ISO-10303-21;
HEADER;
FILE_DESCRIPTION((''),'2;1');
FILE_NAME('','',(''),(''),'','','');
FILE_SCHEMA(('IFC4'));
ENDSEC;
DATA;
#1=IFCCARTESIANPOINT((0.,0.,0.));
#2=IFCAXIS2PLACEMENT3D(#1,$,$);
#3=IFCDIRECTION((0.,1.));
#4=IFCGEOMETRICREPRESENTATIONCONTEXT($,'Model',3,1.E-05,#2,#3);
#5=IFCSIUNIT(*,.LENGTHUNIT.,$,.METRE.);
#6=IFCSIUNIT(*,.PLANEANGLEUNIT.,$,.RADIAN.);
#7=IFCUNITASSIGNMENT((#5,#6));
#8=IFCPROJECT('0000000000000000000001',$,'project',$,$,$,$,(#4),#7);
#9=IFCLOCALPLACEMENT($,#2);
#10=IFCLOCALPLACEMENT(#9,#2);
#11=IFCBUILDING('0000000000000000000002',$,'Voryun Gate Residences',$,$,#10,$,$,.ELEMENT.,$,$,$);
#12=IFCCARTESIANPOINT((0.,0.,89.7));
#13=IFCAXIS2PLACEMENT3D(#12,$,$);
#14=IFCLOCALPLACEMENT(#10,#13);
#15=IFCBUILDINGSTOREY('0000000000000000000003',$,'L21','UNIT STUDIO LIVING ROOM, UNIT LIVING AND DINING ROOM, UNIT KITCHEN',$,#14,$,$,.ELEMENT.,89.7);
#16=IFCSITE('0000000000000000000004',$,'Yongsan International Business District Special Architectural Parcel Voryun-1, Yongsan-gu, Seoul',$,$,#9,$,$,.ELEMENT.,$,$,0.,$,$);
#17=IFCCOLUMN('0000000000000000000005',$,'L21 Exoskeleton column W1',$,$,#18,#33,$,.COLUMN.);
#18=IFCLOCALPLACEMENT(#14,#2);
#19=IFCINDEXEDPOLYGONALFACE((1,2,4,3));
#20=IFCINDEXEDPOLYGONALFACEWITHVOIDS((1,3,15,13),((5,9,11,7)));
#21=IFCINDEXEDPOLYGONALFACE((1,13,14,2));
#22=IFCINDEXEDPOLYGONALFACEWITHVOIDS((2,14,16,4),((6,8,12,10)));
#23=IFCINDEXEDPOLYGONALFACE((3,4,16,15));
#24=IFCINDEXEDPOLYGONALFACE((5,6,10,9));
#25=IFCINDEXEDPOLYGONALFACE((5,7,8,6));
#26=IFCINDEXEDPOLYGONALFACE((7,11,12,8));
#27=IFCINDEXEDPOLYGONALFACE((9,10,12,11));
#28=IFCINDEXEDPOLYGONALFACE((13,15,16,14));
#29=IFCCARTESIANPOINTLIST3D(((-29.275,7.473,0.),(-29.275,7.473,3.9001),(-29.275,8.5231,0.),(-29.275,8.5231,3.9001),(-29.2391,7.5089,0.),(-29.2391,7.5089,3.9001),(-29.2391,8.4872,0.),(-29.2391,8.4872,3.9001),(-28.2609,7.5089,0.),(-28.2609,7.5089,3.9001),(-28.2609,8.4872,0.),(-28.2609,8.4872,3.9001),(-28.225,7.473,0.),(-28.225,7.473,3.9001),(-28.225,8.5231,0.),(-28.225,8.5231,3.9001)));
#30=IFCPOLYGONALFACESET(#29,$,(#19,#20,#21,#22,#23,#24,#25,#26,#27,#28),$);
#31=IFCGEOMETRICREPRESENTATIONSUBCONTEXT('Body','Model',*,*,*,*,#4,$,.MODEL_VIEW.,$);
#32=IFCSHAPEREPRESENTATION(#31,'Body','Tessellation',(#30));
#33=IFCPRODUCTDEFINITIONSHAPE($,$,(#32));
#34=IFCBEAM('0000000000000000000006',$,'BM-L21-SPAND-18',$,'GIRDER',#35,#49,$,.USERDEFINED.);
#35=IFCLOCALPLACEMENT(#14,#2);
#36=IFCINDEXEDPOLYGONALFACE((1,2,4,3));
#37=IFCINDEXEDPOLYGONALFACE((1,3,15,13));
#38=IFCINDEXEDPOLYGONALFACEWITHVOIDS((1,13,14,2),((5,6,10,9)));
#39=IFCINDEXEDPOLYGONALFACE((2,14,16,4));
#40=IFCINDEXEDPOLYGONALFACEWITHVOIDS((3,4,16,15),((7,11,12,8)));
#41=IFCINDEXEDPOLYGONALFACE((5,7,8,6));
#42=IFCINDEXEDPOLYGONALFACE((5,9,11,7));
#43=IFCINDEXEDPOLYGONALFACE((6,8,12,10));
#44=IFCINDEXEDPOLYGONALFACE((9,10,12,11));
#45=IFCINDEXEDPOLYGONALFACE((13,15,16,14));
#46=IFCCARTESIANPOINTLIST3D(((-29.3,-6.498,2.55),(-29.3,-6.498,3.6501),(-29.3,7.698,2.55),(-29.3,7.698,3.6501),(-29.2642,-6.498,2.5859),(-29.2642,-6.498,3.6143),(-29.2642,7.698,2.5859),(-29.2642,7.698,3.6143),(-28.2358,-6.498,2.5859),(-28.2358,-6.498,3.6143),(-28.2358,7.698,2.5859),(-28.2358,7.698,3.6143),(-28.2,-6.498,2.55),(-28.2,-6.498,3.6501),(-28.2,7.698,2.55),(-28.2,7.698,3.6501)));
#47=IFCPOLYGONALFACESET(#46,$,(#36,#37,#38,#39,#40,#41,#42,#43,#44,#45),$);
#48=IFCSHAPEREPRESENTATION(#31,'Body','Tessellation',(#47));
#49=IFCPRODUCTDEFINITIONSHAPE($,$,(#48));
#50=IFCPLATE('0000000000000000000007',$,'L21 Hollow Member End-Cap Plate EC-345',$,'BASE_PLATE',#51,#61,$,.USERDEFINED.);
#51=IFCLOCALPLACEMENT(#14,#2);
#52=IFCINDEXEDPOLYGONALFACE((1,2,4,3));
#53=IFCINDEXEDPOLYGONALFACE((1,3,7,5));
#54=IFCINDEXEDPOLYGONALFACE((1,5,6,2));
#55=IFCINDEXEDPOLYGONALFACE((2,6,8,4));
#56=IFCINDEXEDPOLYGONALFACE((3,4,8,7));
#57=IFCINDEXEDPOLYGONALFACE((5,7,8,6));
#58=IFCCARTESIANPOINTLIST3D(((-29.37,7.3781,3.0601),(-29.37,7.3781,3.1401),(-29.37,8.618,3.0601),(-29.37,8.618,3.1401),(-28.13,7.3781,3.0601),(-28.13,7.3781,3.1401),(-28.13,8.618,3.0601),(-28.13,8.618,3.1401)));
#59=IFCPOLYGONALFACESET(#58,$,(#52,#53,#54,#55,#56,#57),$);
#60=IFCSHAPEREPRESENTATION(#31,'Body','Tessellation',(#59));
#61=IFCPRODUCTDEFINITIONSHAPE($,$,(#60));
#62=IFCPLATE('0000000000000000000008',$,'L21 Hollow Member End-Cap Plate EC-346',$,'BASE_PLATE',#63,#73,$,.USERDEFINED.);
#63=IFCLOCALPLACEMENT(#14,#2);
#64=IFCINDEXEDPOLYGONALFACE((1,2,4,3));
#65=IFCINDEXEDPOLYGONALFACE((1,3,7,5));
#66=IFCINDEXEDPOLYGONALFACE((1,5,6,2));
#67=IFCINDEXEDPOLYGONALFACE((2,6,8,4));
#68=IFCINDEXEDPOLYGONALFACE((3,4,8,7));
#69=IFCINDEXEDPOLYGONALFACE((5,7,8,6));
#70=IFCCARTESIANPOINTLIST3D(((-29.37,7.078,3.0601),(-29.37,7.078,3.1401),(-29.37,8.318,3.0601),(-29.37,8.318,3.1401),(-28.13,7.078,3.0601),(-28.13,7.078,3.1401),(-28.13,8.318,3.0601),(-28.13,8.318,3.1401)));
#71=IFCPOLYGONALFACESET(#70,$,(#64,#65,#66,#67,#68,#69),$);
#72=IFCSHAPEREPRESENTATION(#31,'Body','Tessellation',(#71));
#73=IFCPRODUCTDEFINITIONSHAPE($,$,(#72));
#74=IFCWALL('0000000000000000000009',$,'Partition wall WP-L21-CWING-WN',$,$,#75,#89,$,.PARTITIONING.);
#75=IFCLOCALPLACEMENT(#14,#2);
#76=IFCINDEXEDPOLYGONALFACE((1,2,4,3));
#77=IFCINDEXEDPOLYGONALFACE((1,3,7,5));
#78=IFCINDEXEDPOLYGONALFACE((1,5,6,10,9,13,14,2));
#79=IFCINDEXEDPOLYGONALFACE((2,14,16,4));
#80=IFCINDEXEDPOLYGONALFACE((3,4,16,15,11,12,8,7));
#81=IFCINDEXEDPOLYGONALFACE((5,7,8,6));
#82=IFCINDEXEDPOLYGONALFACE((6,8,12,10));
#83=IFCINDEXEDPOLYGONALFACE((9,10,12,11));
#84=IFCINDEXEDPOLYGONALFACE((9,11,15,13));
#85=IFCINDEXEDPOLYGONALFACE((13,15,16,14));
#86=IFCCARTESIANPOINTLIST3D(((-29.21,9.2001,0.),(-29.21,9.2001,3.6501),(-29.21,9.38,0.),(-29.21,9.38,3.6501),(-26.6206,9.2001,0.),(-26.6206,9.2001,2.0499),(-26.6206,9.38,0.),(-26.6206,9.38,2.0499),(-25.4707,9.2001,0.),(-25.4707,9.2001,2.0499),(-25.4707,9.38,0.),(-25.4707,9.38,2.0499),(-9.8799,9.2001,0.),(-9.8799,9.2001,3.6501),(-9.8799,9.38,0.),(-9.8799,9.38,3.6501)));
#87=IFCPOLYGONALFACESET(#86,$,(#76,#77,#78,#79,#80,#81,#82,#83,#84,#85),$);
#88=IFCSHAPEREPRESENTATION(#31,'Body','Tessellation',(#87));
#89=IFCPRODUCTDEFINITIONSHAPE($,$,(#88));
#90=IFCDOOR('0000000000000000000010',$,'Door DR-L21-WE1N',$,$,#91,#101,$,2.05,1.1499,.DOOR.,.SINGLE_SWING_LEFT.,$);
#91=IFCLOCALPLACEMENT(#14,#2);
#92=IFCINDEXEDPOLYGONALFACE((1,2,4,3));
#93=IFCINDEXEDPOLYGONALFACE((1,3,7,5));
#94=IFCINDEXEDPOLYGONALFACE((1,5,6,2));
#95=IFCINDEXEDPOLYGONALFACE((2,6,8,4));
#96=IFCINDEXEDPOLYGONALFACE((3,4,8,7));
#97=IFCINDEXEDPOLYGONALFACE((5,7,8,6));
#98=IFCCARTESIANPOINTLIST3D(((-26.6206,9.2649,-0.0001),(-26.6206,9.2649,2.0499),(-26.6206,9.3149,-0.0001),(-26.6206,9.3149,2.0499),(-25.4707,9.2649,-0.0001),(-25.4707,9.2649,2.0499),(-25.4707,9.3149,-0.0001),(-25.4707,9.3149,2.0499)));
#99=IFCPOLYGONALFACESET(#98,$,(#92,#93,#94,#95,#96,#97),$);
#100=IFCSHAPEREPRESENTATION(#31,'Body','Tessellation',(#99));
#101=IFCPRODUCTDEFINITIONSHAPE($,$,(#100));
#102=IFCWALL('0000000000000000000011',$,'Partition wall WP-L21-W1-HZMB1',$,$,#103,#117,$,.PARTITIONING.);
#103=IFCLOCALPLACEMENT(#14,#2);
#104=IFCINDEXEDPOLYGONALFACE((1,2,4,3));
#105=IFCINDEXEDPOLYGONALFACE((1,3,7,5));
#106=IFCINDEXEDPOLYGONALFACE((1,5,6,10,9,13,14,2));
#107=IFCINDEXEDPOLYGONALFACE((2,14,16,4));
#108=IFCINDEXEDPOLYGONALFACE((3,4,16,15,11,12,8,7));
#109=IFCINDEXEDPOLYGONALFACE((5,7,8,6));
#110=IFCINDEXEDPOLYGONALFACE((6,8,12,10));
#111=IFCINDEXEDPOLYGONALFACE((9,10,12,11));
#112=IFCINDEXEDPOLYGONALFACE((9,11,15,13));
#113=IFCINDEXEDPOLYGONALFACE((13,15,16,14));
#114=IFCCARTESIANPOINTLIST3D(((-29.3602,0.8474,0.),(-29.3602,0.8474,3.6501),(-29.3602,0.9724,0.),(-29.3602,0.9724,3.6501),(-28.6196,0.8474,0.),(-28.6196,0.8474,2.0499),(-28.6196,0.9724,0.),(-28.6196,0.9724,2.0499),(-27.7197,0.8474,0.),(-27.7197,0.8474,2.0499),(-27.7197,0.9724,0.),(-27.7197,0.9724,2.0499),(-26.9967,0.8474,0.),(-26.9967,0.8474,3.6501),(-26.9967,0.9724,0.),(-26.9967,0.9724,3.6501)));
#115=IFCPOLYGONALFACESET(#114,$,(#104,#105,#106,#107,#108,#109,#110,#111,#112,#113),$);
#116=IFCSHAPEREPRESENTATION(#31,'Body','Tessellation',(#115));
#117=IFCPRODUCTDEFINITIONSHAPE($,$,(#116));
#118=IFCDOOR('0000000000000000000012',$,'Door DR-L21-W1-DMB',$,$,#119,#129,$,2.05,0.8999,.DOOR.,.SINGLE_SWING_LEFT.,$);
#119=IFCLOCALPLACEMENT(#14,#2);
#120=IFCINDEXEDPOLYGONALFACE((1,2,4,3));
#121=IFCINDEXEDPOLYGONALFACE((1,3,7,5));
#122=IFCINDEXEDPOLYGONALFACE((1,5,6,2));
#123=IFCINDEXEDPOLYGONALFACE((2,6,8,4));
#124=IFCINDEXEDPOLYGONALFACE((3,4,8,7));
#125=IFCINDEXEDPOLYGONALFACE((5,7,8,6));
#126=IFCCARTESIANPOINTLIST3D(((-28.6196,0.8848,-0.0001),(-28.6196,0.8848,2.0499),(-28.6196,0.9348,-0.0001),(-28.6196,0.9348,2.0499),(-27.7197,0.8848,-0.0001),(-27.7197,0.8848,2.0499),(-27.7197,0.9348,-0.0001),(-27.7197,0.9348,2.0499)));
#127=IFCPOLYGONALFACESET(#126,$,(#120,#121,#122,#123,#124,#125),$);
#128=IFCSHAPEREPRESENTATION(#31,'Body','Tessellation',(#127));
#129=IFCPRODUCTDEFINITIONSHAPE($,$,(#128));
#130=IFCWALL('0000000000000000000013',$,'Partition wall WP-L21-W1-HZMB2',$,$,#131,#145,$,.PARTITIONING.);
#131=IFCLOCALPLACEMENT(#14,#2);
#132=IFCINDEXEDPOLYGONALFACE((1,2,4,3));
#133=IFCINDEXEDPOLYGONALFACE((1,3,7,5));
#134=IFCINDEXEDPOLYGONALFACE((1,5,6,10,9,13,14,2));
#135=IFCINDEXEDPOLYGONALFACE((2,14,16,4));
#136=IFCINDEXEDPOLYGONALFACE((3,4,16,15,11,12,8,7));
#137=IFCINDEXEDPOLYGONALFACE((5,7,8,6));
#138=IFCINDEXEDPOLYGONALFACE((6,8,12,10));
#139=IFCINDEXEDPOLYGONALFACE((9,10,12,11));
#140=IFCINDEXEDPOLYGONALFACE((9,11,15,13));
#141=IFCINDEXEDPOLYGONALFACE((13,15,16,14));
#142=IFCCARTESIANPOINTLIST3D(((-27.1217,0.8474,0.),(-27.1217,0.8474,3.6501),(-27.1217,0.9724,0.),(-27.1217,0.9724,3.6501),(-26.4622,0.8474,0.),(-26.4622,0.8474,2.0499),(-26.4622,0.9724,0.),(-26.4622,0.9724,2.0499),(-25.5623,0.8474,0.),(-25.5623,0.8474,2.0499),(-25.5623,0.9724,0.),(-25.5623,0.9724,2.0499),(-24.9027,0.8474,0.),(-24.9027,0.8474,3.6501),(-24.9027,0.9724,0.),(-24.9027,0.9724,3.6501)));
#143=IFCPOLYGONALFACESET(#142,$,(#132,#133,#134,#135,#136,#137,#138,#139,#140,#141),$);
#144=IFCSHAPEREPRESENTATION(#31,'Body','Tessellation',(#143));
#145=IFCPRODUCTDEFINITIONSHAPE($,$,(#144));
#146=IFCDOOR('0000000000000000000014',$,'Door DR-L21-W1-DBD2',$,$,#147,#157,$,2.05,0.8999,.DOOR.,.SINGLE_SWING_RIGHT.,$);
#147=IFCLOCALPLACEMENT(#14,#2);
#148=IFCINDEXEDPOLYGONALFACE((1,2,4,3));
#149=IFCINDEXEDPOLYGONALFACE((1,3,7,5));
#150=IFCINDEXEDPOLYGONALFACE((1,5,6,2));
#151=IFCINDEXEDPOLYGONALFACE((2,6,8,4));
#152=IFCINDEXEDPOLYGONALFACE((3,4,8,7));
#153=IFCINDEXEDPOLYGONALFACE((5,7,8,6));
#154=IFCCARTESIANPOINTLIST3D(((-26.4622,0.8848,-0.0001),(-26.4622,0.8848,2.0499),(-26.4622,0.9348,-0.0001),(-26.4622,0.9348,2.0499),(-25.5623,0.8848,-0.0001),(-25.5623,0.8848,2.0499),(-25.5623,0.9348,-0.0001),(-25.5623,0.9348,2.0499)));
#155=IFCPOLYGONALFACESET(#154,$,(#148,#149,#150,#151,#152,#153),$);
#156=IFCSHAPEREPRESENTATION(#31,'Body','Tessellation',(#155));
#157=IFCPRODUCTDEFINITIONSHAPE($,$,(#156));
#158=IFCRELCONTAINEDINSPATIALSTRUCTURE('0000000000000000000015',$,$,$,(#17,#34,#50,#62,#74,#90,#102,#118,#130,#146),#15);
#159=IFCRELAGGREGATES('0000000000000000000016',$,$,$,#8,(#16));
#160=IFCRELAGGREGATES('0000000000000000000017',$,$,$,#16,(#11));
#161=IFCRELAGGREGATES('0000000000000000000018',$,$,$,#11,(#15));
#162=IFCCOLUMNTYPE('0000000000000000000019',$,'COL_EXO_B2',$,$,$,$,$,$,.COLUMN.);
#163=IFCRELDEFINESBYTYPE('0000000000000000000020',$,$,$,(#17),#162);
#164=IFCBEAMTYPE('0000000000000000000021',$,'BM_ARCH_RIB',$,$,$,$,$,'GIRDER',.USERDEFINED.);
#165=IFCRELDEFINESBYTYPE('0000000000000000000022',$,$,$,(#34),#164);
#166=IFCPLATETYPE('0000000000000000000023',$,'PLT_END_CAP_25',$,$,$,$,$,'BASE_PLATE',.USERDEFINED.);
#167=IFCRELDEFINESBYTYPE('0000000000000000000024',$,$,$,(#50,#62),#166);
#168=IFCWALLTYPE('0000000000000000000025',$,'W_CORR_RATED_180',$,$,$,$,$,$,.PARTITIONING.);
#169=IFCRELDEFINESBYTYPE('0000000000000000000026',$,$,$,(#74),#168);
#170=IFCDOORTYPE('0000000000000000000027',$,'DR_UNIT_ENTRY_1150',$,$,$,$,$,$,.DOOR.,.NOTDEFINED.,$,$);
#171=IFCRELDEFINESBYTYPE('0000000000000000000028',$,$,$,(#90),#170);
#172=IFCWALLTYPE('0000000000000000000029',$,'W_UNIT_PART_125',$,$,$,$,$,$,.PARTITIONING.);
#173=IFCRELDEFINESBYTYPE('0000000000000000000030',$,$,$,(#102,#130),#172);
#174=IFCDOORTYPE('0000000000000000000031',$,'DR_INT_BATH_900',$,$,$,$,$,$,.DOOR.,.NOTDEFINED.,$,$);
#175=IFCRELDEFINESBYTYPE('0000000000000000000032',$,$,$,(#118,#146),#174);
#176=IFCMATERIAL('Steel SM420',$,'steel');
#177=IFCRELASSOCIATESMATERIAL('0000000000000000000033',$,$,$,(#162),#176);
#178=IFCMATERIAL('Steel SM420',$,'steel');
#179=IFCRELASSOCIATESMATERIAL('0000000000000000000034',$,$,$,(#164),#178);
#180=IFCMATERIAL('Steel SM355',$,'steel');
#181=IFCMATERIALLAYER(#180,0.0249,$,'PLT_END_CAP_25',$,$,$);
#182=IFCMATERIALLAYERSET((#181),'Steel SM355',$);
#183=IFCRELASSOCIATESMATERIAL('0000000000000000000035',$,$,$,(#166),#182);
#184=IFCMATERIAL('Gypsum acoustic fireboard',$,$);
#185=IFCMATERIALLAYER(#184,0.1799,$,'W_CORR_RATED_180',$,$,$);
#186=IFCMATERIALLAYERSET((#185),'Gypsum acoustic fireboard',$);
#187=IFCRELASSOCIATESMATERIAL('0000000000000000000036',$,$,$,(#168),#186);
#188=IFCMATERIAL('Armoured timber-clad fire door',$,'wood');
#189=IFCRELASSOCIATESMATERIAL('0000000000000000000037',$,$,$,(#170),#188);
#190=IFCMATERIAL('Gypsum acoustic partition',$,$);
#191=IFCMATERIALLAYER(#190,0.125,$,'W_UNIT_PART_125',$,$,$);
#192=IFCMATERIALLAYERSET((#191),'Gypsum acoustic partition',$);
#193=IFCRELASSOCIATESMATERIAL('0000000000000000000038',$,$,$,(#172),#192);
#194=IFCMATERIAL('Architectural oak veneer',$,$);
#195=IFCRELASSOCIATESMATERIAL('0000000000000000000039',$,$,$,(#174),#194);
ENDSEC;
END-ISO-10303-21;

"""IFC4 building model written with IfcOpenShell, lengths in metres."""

from ifc_helpers import new_model, si_unit, direction, frame, frame_2d, origin, origin_2d, place, context, subcontext, project, spatial, rectangle, hollow_rectangle, extrude, material, layer, layer_set, material_profile, profile_set, type_object, element, fill, save


model = new_model("IFC4")

# Units and contexts
model_context = context("Model", 3, precision=1e-05, world=origin(), true_north=direction((0.0, 1.0)))
body_context = subcontext(model_context, "Body", "Model", "MODEL_VIEW")
ifc_project = project(units=[si_unit("LENGTHUNIT", "METRE"), si_unit("PLANEANGLEUNIT", "RADIAN")], contexts=[model_context])

# Site, building, storey
site_placement = place(None, origin())
site = spatial("IfcSite", under=ifc_project, at=site_placement, Name="Yongsan International Business District Special Architectural Parcel Voryun-1, Yongsan-gu, Seoul", CompositionType="ELEMENT", RefElevation=0.0)
building_placement = place(site_placement, origin())
building = spatial("IfcBuilding", under=site, at=building_placement, Name="Voryun Gate Residences", CompositionType="ELEMENT")
storey_placement = place(building_placement, frame((0.0, 0.0, 89.7)))
storey = spatial("IfcBuildingStorey", under=building, at=storey_placement, Name="L21", Description="UNIT STUDIO LIVING ROOM, UNIT LIVING AND DINING ROOM, UNIT KITCHEN", CompositionType="ELEMENT", Elevation=89.7)

# Column
ifc_material_1 = material(Name="Steel SM420", Category="steel")
ifc_material_profile_1 = material_profile(ifc_material_1, hollow_rectangle(XDim=1.05, YDim=1.05, WallThickness=0.0359, at=origin_2d()), Name="BOX-1050x1050x36")
ifc_profile_set_1 = profile_set([ifc_material_profile_1], Name="Steel SM420")
column_type = type_object("IfcColumnType", Name="COL_EXO_B2", PredefinedType="COLUMN", material=ifc_profile_set_1)
column_placement = place(storey_placement, frame((-28.75, 7.998, 0.0), z_axis=(0.0, 0.0, 1.0), x_axis=(1.0, 0.0, 0.0)))
element("IfcColumn", 1, at=column_placement, inside=storey, type_object=column_type, Name="L21 Exoskeleton column W1", PredefinedType="COLUMN", context=body_context, shape_type="SweptSolid", body=[
    extrude(hollow_rectangle(XDim=1.05, YDim=1.05, WallThickness=0.0359, at=origin_2d()), origin(), (0.0, 0.0, 1.0), 3.9001),
])

# Beam
ifc_material_2 = material(Name="Steel SM420", Category="steel")
ifc_material_profile_2 = material_profile(ifc_material_2, hollow_rectangle(XDim=1.1001, YDim=1.1001, WallThickness=0.0359, at=origin_2d()), Name="BOX-1100x1100x36")
ifc_profile_set_2 = profile_set([ifc_material_profile_2], Name="Steel SM420")
beam_type = type_object("IfcBeamType", Name="BM_ARCH_RIB", ElementType="GIRDER", PredefinedType="USERDEFINED", material=ifc_profile_set_2)
beam_placement = place(storey_placement, frame((-28.75, 7.698, 3.1001), z_axis=(0.0, -1.0, 0.0), x_axis=(1.0, 0.0, 0.0)))
element("IfcBeam", 2, at=beam_placement, inside=storey, type_object=beam_type, Name="BM-L21-SPAND-18", ObjectType="GIRDER", PredefinedType="USERDEFINED", context=body_context, shape_type="SweptSolid", body=[
    extrude(hollow_rectangle(XDim=1.1001, YDim=1.1001, WallThickness=0.0359, at=origin_2d()), origin(), (0.0, 0.0, 1.0), 14.196),
])

# Plates
ifc_material_3 = material(Name="Steel SM355", Category="steel")
ifc_layer_1 = layer(ifc_material_3, 0.0249, Name="PLT_END_CAP_25")
ifc_layer_set_1 = layer_set([ifc_layer_1], Name="Steel SM355")
plate_type = type_object("IfcPlateType", Name="PLT_END_CAP_25", ElementType="BASE_PLATE", PredefinedType="USERDEFINED", material=ifc_layer_set_1)
for number, where, z_axis, x_axis, name in (
    (3, (-28.75, 7.998, 3.0601), (0.0, 0.0, 1.0), (1.0, 0.0, 0.0), "L21 Hollow Member End-Cap Plate EC-345"),
    (4, (-28.75, 7.698, 3.0601), (0.0, 0.0, 1.0), (1.0, 0.0, 0.0), "L21 Hollow Member End-Cap Plate EC-346"),
):
    element("IfcPlate", number, at=place(storey_placement, frame(where, z_axis=z_axis, x_axis=x_axis)), inside=storey, type_object=plate_type, Name=name, ObjectType="BASE_PLATE", PredefinedType="USERDEFINED", context=body_context, shape_type="SweptSolid", body=[
        extrude(rectangle(XDim=1.24, YDim=1.24, at=origin_2d()), origin(), (0.0, 0.0, 1.0), 0.0801),
    ])

# Walls, openings, doors
ifc_material_4 = material(Name="Gypsum acoustic fireboard")
ifc_layer_2 = layer(ifc_material_4, 0.1799, Name="W_CORR_RATED_180")
ifc_layer_set_2 = layer_set([ifc_layer_2], Name="Gypsum acoustic fireboard")
wall_type_1 = type_object("IfcWallType", Name="W_CORR_RATED_180", PredefinedType="PARTITIONING", material=ifc_layer_set_2)
wall_1_placement = place(storey_placement, frame((-29.21, 9.29, 0.0), z_axis=(0.0, 0.0, 1.0), x_axis=(1.0, 0.0, 0.0)))
wall_1 = element("IfcWall", 5, at=wall_1_placement, inside=storey, type_object=wall_type_1, Name="Partition wall WP-L21-CWING-WN", PredefinedType="PARTITIONING", context=body_context, shape_type="SweptSolid", body=[
    extrude(rectangle(XDim=19.3301, YDim=0.1799, at=frame_2d((9.665, 0.0))), origin(), (0.0, 0.0, 1.0), 3.6501),
])
opening_1_placement = place(wall_1_placement, frame((2.5894, 0.0, 0.0)))
opening_1 = element("IfcOpeningElement", 6, at=opening_1_placement, cuts=wall_1, PredefinedType="OPENING", context=body_context, shape_type="SweptSolid", body=[
    extrude(rectangle(XDim=1.1499, YDim=2.05, at=frame_2d((0.575, 1.0249))), frame((0.0, 0.0999, 0.0), z_axis=(0.0, -1.0, 0.0), x_axis=(1.0, 0.0, 0.0)), (0.0, 0.0, 1.0), 0.2),
])
ifc_material_5 = material(Name="Armoured timber-clad fire door", Category="wood")
door_type_1 = type_object("IfcDoorType", Name="DR_UNIT_ENTRY_1150", OperationType="NOTDEFINED", PredefinedType="DOOR", material=ifc_material_5)
door_1_placement = place(opening_1_placement, origin())
door_1 = element("IfcDoor", 7, at=door_1_placement, inside=storey, type_object=door_type_1, Name="Door DR-L21-WE1N", OperationType="SINGLE_SWING_LEFT", OverallHeight=2.05, OverallWidth=1.1499, PredefinedType="DOOR", context=body_context, shape_type="SweptSolid", body=[
    extrude(rectangle(XDim=1.1499, YDim=2.05, at=frame_2d((0.575, 1.0249))), frame((0.0, 0.0249, 0.0), z_axis=(0.0, -1.0, 0.0), x_axis=(1.0, 0.0, 0.0)), (0.0, 0.0, 1.0), 0.05),
])
fill(opening_1, door_1)
ifc_material_6 = material(Name="Gypsum acoustic partition")
ifc_layer_3 = layer(ifc_material_6, 0.125, Name="W_UNIT_PART_125")
ifc_layer_set_3 = layer_set([ifc_layer_3], Name="Gypsum acoustic partition")
wall_type_2 = type_object("IfcWallType", Name="W_UNIT_PART_125", PredefinedType="PARTITIONING", material=ifc_layer_set_3)
wall_2_placement = place(storey_placement, frame((-29.3601, 0.9099, 0.0), z_axis=(0.0, 0.0, 1.0), x_axis=(1.0, 0.0, 0.0)))
wall_2 = element("IfcWall", 8, at=wall_2_placement, inside=storey, type_object=wall_type_2, Name="Partition wall WP-L21-W1-HZMB1", PredefinedType="PARTITIONING", context=body_context, shape_type="SweptSolid", body=[
    extrude(rectangle(XDim=2.3635, YDim=0.125, at=frame_2d((1.1816, 0.0))), origin(), (0.0, 0.0, 1.0), 3.6501),
])
opening_2_placement = place(wall_2_placement, frame((0.7405, 0.0, 0.0)))
opening_2 = element("IfcOpeningElement", 9, at=opening_2_placement, cuts=wall_2, PredefinedType="OPENING", context=body_context, shape_type="SweptSolid", body=[
    extrude(rectangle(XDim=0.8999, YDim=2.05, at=frame_2d((0.45, 1.0249))), frame((0.0, 0.0725, 0.0), z_axis=(0.0, -1.0, 0.0), x_axis=(1.0, 0.0, 0.0)), (0.0, 0.0, 1.0), 0.145),
])
ifc_material_7 = material(Name="Architectural oak veneer")
door_type_2 = type_object("IfcDoorType", Name="DR_INT_BATH_900", OperationType="NOTDEFINED", PredefinedType="DOOR", material=ifc_material_7)
door_2_placement = place(opening_2_placement, origin())
door_2 = element("IfcDoor", 10, at=door_2_placement, inside=storey, type_object=door_type_2, Name="Door DR-L21-W1-DMB", OperationType="SINGLE_SWING_LEFT", OverallHeight=2.05, OverallWidth=0.8999, PredefinedType="DOOR", context=body_context, shape_type="SweptSolid", body=[
    extrude(rectangle(XDim=0.8999, YDim=2.05, at=frame_2d((0.45, 1.0249))), frame((0.0, 0.0249, 0.0), z_axis=(0.0, -1.0, 0.0), x_axis=(1.0, 0.0, 0.0)), (0.0, 0.0, 1.0), 0.05),
])
fill(opening_2, door_2)
wall_3_placement = place(storey_placement, frame((-27.1216, 0.9099, 0.0), z_axis=(0.0, 0.0, 1.0), x_axis=(1.0, 0.0, 0.0)))
wall_3 = element("IfcWall", 11, at=wall_3_placement, inside=storey, type_object=wall_type_2, Name="Partition wall WP-L21-W1-HZMB2", PredefinedType="PARTITIONING", context=body_context, shape_type="SweptSolid", body=[
    extrude(rectangle(XDim=2.219, YDim=0.125, at=frame_2d((1.1094, 0.0))), origin(), (0.0, 0.0, 1.0), 3.6501),
])
opening_3_placement = place(wall_3_placement, frame((0.6594, 0.0, 0.0)))
opening_3 = element("IfcOpeningElement", 12, at=opening_3_placement, cuts=wall_3, PredefinedType="OPENING", context=body_context, shape_type="SweptSolid", body=[
    extrude(rectangle(XDim=0.8999, YDim=2.05, at=frame_2d((0.45, 1.0249))), frame((0.0, 0.0725, 0.0), z_axis=(0.0, -1.0, 0.0), x_axis=(1.0, 0.0, 0.0)), (0.0, 0.0, 1.0), 0.145),
])
door_3_placement = place(opening_3_placement, origin())
door_3 = element("IfcDoor", 13, at=door_3_placement, inside=storey, type_object=door_type_2, Name="Door DR-L21-W1-DBD2", OperationType="SINGLE_SWING_RIGHT", OverallHeight=2.05, OverallWidth=0.8999, PredefinedType="DOOR", context=body_context, shape_type="SweptSolid", body=[
    extrude(rectangle(XDim=0.8999, YDim=2.05, at=frame_2d((0.45, 1.0249))), frame((0.0, 0.0249, 0.0), z_axis=(0.0, -1.0, 0.0), x_axis=(1.0, 0.0, 0.0)), (0.0, 0.0, 1.0), 0.05),
])
fill(opening_3, door_3)

save(model, "model.ifc")
